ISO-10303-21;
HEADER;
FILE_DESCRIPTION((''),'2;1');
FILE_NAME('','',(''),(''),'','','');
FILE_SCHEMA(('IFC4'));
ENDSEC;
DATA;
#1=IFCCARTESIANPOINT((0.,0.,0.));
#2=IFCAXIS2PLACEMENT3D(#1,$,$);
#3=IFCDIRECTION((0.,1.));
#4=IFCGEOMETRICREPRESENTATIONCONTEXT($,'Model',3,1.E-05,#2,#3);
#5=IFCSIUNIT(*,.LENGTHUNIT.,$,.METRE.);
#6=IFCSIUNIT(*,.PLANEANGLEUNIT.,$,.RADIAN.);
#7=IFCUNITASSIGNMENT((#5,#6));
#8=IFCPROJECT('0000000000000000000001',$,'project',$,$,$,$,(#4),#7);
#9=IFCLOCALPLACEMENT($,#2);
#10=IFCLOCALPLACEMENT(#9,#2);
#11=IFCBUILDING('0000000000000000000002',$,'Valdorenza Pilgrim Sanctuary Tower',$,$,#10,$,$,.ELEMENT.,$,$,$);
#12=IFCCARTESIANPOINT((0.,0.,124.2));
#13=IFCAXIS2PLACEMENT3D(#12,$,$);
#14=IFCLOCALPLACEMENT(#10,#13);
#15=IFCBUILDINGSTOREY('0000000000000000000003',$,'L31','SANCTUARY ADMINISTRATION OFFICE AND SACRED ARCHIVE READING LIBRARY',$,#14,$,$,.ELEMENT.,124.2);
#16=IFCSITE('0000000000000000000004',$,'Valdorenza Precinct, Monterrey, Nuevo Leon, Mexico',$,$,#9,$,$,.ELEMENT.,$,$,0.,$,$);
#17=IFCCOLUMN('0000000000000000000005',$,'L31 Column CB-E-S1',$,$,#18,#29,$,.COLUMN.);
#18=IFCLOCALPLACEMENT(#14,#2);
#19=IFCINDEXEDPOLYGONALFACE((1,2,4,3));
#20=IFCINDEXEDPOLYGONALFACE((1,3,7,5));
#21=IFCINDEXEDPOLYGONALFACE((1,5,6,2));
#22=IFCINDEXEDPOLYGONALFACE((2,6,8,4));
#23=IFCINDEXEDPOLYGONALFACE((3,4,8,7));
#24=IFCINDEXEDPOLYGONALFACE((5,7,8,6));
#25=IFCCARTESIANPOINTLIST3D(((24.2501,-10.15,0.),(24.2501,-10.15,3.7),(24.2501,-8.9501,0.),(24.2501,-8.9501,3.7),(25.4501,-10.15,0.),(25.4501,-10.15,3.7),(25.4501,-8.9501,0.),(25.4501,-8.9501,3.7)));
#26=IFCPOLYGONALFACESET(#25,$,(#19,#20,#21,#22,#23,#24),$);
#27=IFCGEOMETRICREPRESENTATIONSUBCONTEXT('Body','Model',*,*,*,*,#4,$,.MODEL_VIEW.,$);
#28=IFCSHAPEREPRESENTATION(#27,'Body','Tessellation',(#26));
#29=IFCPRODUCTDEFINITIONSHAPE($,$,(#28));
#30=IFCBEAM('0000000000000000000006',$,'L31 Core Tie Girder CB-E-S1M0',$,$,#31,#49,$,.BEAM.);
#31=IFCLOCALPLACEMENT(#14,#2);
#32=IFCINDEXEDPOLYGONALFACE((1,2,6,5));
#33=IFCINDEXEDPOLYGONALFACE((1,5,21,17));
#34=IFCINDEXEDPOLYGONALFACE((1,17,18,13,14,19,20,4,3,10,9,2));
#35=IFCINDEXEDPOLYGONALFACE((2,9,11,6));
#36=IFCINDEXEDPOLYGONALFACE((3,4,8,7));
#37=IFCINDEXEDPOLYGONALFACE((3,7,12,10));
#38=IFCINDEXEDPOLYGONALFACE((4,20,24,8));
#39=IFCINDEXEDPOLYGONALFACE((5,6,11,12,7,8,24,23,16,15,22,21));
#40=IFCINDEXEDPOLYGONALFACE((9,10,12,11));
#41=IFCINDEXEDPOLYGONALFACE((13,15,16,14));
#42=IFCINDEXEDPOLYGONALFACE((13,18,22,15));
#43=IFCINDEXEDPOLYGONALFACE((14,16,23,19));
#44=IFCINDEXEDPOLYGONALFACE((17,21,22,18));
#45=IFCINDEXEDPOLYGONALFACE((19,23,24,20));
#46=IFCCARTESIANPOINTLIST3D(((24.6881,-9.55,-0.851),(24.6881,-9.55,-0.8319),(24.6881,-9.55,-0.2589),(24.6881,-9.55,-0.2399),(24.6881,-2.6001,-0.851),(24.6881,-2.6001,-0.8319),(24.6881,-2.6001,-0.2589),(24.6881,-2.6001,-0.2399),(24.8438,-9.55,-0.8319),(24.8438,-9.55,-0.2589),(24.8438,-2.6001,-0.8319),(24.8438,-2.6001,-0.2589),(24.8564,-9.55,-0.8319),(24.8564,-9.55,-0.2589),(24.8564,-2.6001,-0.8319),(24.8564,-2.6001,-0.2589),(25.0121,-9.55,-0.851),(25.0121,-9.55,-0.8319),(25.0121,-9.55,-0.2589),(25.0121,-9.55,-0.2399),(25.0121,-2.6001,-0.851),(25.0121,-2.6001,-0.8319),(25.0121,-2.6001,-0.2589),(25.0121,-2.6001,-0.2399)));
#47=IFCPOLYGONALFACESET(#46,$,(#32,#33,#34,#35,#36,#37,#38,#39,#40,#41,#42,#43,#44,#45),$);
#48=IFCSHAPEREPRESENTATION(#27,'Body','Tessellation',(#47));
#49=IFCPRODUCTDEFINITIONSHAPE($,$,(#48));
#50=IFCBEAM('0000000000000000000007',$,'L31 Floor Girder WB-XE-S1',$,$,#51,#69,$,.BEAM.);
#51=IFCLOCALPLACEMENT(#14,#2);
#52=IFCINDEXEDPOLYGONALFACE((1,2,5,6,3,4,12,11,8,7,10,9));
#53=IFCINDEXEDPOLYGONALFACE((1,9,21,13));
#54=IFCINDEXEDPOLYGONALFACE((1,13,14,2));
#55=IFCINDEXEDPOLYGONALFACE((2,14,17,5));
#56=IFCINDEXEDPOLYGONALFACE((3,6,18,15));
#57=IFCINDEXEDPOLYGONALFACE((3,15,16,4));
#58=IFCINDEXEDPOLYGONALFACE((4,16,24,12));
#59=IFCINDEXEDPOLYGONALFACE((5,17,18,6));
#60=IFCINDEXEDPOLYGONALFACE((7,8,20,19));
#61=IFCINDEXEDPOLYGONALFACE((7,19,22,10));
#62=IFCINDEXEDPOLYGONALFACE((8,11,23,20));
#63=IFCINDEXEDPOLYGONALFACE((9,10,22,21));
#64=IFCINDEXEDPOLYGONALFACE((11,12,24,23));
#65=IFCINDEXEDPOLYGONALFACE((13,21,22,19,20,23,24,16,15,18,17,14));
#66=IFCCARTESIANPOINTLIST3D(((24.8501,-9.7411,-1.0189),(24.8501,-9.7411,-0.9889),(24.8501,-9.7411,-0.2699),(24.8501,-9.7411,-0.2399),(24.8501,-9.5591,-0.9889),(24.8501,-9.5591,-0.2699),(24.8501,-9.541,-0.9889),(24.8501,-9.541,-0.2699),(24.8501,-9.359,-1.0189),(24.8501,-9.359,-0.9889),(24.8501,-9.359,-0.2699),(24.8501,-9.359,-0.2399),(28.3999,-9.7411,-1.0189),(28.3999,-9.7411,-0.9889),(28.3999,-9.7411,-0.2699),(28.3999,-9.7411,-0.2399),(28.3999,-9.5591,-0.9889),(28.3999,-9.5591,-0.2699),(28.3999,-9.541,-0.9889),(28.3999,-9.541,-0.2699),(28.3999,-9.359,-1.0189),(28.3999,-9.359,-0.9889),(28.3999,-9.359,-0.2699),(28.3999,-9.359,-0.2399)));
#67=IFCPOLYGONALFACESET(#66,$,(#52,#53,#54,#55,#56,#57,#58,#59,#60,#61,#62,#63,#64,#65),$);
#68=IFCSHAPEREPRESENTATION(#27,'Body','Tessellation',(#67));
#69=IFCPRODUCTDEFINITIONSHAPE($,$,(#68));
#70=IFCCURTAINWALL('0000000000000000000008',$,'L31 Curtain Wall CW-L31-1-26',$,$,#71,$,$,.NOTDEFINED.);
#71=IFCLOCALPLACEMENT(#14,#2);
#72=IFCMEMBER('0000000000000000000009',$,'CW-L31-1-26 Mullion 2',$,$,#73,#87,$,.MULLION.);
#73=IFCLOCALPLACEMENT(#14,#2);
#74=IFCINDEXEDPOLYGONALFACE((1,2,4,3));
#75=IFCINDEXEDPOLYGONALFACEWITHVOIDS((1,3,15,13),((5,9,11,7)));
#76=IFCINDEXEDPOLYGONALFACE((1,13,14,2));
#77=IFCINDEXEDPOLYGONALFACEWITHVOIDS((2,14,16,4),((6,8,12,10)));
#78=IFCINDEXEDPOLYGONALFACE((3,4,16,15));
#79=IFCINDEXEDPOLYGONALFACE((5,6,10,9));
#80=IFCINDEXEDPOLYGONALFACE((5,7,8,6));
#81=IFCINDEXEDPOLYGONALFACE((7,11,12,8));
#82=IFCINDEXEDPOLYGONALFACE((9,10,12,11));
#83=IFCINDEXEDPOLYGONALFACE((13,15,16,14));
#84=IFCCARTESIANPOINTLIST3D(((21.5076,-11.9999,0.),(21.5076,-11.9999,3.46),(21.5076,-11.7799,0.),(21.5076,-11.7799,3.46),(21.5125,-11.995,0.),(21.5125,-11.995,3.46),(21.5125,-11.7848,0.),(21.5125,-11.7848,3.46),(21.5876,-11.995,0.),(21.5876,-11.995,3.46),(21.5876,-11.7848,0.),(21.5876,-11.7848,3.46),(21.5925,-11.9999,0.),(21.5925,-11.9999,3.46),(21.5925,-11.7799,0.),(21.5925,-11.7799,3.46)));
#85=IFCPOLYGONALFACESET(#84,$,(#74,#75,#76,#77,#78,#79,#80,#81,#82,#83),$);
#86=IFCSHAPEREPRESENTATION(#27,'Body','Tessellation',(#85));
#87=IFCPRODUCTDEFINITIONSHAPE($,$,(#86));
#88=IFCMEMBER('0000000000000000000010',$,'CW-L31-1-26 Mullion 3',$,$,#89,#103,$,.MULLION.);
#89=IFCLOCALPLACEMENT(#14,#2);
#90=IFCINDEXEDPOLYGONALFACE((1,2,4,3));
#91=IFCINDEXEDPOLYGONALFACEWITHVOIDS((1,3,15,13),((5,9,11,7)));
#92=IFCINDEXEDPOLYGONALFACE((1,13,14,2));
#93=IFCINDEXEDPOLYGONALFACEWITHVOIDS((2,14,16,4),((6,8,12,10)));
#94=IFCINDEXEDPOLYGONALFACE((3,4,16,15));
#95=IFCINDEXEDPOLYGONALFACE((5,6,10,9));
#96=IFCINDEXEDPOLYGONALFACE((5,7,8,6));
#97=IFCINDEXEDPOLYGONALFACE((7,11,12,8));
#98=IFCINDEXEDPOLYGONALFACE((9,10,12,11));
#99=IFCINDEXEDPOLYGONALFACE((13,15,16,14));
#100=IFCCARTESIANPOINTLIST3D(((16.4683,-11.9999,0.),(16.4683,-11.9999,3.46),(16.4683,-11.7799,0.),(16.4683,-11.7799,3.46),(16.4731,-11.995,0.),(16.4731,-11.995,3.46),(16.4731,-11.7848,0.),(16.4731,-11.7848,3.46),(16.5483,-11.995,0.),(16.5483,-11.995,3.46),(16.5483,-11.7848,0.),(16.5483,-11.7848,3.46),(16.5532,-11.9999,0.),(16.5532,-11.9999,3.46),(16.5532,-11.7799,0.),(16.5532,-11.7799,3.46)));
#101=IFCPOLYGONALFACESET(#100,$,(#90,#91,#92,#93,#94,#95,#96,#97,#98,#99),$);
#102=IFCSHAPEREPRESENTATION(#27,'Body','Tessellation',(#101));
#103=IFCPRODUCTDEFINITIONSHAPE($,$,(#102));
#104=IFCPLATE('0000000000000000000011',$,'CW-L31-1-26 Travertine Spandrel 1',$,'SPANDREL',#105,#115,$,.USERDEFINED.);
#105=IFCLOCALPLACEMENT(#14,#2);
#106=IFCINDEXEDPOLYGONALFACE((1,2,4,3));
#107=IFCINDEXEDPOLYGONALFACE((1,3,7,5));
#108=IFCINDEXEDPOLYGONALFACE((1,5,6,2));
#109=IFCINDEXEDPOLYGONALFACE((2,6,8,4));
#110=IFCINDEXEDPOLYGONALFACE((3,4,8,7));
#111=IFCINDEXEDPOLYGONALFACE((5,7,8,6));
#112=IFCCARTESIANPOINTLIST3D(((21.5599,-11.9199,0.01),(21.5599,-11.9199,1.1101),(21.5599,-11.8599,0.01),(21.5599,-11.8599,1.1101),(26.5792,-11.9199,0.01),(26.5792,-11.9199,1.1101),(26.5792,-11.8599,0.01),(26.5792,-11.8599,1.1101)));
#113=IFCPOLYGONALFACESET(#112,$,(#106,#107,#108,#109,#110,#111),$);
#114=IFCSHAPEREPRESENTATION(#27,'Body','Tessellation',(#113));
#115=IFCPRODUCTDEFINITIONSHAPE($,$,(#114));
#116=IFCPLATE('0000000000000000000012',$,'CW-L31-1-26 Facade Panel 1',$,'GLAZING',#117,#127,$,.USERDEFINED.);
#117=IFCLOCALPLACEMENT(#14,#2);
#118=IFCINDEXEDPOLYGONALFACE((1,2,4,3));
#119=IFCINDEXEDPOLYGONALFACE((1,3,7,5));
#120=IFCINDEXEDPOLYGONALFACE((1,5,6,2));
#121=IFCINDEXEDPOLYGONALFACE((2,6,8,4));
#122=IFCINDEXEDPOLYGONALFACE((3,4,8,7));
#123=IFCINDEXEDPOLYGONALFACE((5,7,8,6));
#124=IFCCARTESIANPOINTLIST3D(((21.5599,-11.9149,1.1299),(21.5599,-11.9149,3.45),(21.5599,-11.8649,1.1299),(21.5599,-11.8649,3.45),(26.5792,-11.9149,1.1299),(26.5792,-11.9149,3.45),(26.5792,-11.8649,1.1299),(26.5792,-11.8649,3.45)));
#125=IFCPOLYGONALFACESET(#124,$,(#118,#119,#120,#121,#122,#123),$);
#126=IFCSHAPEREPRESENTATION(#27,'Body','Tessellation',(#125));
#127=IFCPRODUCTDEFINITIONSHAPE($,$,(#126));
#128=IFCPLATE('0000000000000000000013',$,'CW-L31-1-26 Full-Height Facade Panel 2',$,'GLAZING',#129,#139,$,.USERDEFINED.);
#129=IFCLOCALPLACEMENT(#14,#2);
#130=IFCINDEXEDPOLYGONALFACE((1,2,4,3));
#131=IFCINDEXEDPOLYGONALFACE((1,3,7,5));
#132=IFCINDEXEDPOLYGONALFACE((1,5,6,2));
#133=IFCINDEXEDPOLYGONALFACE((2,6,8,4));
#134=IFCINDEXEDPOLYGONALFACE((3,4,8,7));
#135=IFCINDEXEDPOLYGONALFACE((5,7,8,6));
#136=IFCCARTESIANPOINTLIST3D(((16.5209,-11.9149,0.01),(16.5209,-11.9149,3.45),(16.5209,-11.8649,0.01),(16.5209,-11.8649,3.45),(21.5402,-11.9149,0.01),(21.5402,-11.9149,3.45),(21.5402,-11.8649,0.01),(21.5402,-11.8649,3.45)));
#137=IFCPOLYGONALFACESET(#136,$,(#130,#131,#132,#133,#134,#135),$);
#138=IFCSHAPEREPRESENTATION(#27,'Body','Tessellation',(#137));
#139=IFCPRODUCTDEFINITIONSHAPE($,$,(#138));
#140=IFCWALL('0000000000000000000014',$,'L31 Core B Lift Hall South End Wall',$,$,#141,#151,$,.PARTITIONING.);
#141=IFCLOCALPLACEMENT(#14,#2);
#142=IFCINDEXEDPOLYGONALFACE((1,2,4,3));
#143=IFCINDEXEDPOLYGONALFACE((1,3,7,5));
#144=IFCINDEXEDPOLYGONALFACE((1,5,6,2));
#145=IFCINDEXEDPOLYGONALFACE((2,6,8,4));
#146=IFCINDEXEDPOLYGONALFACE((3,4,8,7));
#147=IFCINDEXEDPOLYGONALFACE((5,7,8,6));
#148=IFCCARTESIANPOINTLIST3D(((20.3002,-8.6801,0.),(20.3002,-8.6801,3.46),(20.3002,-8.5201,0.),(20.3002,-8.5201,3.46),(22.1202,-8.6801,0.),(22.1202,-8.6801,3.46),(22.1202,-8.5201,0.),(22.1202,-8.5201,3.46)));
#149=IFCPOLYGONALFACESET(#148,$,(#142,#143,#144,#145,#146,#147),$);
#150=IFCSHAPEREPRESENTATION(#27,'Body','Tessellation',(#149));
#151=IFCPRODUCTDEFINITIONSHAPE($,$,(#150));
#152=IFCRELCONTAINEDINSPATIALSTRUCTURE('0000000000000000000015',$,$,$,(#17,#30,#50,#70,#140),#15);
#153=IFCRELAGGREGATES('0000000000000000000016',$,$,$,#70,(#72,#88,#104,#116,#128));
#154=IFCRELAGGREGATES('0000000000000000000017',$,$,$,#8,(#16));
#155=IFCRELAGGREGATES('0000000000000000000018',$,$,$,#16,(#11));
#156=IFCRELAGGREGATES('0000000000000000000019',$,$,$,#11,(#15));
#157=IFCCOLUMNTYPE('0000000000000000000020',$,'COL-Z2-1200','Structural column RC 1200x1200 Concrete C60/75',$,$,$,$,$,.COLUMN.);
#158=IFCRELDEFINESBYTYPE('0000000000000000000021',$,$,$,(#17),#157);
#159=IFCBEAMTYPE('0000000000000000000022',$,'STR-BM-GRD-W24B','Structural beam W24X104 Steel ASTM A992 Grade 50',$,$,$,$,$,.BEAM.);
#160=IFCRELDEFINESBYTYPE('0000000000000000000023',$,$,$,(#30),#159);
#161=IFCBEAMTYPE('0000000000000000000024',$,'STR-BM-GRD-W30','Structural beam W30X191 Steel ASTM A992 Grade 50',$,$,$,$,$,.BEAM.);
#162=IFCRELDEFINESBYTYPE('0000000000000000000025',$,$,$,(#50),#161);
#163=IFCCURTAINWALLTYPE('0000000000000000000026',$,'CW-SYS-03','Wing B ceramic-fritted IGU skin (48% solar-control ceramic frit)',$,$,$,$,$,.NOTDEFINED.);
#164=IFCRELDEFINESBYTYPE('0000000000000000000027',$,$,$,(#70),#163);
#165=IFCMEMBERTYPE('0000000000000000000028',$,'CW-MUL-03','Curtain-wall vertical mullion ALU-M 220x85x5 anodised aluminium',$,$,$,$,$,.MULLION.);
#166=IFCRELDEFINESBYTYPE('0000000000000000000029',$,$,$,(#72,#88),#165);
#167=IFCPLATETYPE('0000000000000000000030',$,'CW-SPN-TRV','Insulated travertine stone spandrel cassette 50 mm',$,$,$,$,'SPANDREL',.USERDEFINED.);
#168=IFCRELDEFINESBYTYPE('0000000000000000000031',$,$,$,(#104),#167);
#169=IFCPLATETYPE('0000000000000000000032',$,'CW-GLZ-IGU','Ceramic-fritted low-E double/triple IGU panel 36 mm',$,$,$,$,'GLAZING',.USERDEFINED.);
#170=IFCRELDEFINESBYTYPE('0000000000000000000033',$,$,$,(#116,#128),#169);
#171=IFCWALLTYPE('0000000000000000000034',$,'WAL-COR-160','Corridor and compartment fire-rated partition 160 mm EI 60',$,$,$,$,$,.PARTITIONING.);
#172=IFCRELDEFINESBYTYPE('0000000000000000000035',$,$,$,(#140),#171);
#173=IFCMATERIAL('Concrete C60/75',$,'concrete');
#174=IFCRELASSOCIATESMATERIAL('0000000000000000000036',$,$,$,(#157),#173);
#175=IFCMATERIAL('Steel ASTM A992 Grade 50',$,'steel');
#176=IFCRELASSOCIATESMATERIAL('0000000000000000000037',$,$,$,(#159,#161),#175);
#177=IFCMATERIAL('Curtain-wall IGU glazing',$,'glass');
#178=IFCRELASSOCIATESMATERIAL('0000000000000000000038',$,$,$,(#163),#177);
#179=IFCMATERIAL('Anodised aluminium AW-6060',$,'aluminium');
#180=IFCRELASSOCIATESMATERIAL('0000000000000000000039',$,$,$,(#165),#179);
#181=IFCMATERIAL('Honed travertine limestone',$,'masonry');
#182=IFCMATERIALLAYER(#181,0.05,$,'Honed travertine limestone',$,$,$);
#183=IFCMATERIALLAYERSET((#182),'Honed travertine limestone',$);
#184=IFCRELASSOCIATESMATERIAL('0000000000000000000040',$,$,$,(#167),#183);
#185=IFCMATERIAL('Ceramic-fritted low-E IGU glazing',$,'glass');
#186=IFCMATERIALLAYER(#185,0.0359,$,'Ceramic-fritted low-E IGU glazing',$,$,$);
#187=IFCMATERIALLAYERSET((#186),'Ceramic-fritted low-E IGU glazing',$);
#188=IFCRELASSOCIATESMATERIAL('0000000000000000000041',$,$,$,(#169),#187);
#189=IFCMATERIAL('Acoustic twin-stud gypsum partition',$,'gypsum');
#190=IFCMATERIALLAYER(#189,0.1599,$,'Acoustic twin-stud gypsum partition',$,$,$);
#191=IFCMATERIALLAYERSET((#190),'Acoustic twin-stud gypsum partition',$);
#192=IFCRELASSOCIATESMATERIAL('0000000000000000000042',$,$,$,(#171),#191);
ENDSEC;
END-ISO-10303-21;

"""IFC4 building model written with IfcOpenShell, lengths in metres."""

from ifc_helpers import new_model, si_unit, direction, frame, frame_2d, origin, origin_2d, place, context, subcontext, project, spatial, rectangle, hollow_rectangle, i_section, extrude, source, transform, mapped, material, layer, layer_set, material_profile, profile_set, type_object, element, aggregate, save


model = new_model("IFC4")

# Units and contexts
model_context = context("Model", 3, precision=1e-05, world=origin(), true_north=direction((0.0, 1.0)))
body_context = subcontext(model_context, "Body", "Model", "MODEL_VIEW")
ifc_project = project(units=[si_unit("LENGTHUNIT", "METRE"), si_unit("PLANEANGLEUNIT", "RADIAN")], contexts=[model_context])

# Site, building, storey
site_placement = place(None, origin())
site = spatial("IfcSite", under=ifc_project, at=site_placement, Name="Valdorenza Precinct, Monterrey, Nuevo Leon, Mexico", CompositionType="ELEMENT", RefElevation=0.0)
building_placement = place(site_placement, origin())
building = spatial("IfcBuilding", under=site, at=building_placement, Name="Valdorenza Pilgrim Sanctuary Tower", CompositionType="ELEMENT")
storey_placement = place(building_placement, frame((0.0, 0.0, 124.2)))
storey = spatial("IfcBuildingStorey", under=building, at=storey_placement, Name="L31", Description="SANCTUARY ADMINISTRATION OFFICE AND SACRED ARCHIVE READING LIBRARY", CompositionType="ELEMENT", Elevation=124.2)

# Column
ifc_material_1 = material(Name="Concrete C60/75", Category="concrete")
ifc_material_profile_1 = material_profile(ifc_material_1, rectangle(XDim=1.2, YDim=1.2, at=origin_2d()), Name="RC 1200x1200")
ifc_profile_set_1 = profile_set([ifc_material_profile_1], Name="Concrete C60/75")
column_type = type_object("IfcColumnType", Name="COL-Z2-1200", Description="Structural column RC 1200x1200 Concrete C60/75", PredefinedType="COLUMN", material=ifc_profile_set_1)
shared_shape_1 = source(origin(), body_context, "Body", "SweptSolid", [
    extrude(rectangle(XDim=1.2, YDim=1.2, at=origin_2d()), origin(), (0.0, 0.0, 1.0), 3.7),
])
column_placement = place(storey_placement, frame((24.8501, -9.55, 0.0), z_axis=(0.0, 0.0, 1.0), x_axis=(1.0, 0.0, 0.0)))
element("IfcColumn", 1, at=column_placement, inside=storey, type_object=column_type, Name="L31 Column CB-E-S1", PredefinedType="COLUMN", context=body_context, shape_type="MappedRepresentation", body=[
    mapped(shared_shape_1, transform((0.0, 0.0, 0.0), x_axis=(1.0, 0.0, 0.0), y_axis=(0.0, 1.0, 0.0), z_axis=(0.0, 0.0, 1.0), scale=1.0)),
])

# Beams
ifc_material_2 = material(Name="Steel ASTM A992 Grade 50", Category="steel")
ifc_material_profile_2 = material_profile(ifc_material_2, i_section(OverallWidth=0.324, OverallDepth=0.6111, WebThickness=0.0127, FlangeThickness=0.019, at=origin_2d()), Name="W24X104")
ifc_profile_set_2 = profile_set([ifc_material_profile_2], Name="Steel ASTM A992 Grade 50")
beam_type_1 = type_object("IfcBeamType", Name="STR-BM-GRD-W24B", Description="Structural beam W24X104 Steel ASTM A992 Grade 50", PredefinedType="BEAM", material=ifc_profile_set_2)
shared_shape_2 = source(origin(), body_context, "Body", "SweptSolid", [
    extrude(i_section(OverallWidth=0.324, OverallDepth=0.6111, WebThickness=0.0127, FlangeThickness=0.019, at=origin_2d()), origin(), (0.0, 0.0, 1.0), 6.95),
])
beam_1_placement = place(storey_placement, frame((24.8501, -9.55, -0.5454), z_axis=(0.0, 1.0, 0.0), x_axis=(-1.0, 0.0, 0.0)))
element("IfcBeam", 2, at=beam_1_placement, inside=storey, type_object=beam_type_1, Name="L31 Core Tie Girder CB-E-S1M0", PredefinedType="BEAM", context=body_context, shape_type="MappedRepresentation", body=[
    mapped(shared_shape_2, transform((0.0, 0.0, 0.0), x_axis=(1.0, 0.0, 0.0), y_axis=(0.0, 1.0, 0.0), z_axis=(0.0, 0.0, 1.0), scale=1.0)),
])
ifc_material_profile_3 = material_profile(ifc_material_2, i_section(OverallWidth=0.3821, OverallDepth=0.7791, WebThickness=0.0181, FlangeThickness=0.03, at=origin_2d()), Name="W30X191")
ifc_profile_set_3 = profile_set([ifc_material_profile_3], Name="Steel ASTM A992 Grade 50")
beam_type_2 = type_object("IfcBeamType", Name="STR-BM-GRD-W30", Description="Structural beam W30X191 Steel ASTM A992 Grade 50", PredefinedType="BEAM", material=ifc_profile_set_3)
shared_shape_3 = source(origin(), body_context, "Body", "SweptSolid", [
    extrude(i_section(OverallWidth=0.3821, OverallDepth=0.7791, WebThickness=0.0181, FlangeThickness=0.03, at=origin_2d()), origin(), (0.0, 0.0, 1.0), 3.5498),
])
beam_2_placement = place(storey_placement, frame((24.8501, -9.55, -0.6294), z_axis=(1.0, 0.0, 0.0), x_axis=(0.0, 1.0, 0.0)))
element("IfcBeam", 3, at=beam_2_placement, inside=storey, type_object=beam_type_2, Name="L31 Floor Girder WB-XE-S1", PredefinedType="BEAM", context=body_context, shape_type="MappedRepresentation", body=[
    mapped(shared_shape_3, transform((0.0, 0.0, 0.0), x_axis=(1.0, 0.0, 0.0), y_axis=(0.0, 1.0, 0.0), z_axis=(0.0, 0.0, 1.0), scale=1.0)),
])

# Curtain wall, members, plates
ifc_material_3 = material(Name="Curtain-wall IGU glazing", Category="glass")
curtain_wall_type = type_object("IfcCurtainWallType", Name="CW-SYS-03", Description="Wing B ceramic-fritted IGU skin (48% solar-control ceramic frit)", PredefinedType="NOTDEFINED", material=ifc_material_3)
curtain_wall_placement = place(storey_placement, origin())
curtain_wall = element("IfcCurtainWall", 4, at=curtain_wall_placement, inside=storey, type_object=curtain_wall_type, Name="L31 Curtain Wall CW-L31-1-26", PredefinedType="NOTDEFINED")
ifc_material_4 = material(Name="Anodised aluminium AW-6060", Category="aluminium")
ifc_material_profile_4 = material_profile(ifc_material_4, hollow_rectangle(XDim=0.085, YDim=0.22, WallThickness=0.0049, at=origin_2d()), Name="ALU-M 220x85x5")
ifc_profile_set_4 = profile_set([ifc_material_profile_4], Name="Anodised aluminium AW-6060")
member_type = type_object("IfcMemberType", Name="CW-MUL-03", Description="Curtain-wall vertical mullion ALU-M 220x85x5 anodised aluminium", PredefinedType="MULLION", material=ifc_profile_set_4)
shared_shape_4 = source(origin(), body_context, "Body", "SweptSolid", [
    extrude(hollow_rectangle(XDim=0.085, YDim=0.22, WallThickness=0.0049, at=origin_2d()), origin(), (0.0, 0.0, 1.0), 3.46),
])
member_1_placement = place(storey_placement, frame((21.55, -11.8899, 0.0), z_axis=(0.0, 0.0, 1.0), x_axis=(-1.0, 0.0, 0.0)))
member_1 = element("IfcMember", 5, at=member_1_placement, type_object=member_type, Name="CW-L31-1-26 Mullion 2", PredefinedType="MULLION", context=body_context, shape_type="MappedRepresentation", body=[
    mapped(shared_shape_4, transform((0.0, 0.0, 0.0), x_axis=(1.0, 0.0, 0.0), y_axis=(0.0, 1.0, 0.0), z_axis=(0.0, 0.0, 1.0), scale=1.0)),
])
member_2_placement = place(storey_placement, frame((16.5107, -11.8899, 0.0), z_axis=(0.0, 0.0, 1.0), x_axis=(-1.0, 0.0, 0.0)))
member_2 = element("IfcMember", 6, at=member_2_placement, type_object=member_type, Name="CW-L31-1-26 Mullion 3", PredefinedType="MULLION", context=body_context, shape_type="MappedRepresentation", body=[
    mapped(shared_shape_4, transform((0.0, 0.0, 0.0), x_axis=(1.0, 0.0, 0.0), y_axis=(0.0, 1.0, 0.0), z_axis=(0.0, 0.0, 1.0), scale=1.0)),
])
ifc_material_5 = material(Name="Honed travertine limestone", Category="masonry")
ifc_layer_1 = layer(ifc_material_5, 0.05, Name="Honed travertine limestone")
ifc_layer_set_1 = layer_set([ifc_layer_1], Name="Honed travertine limestone")
plate_type_1 = type_object("IfcPlateType", Name="CW-SPN-TRV", Description="Insulated travertine stone spandrel cassette 50 mm", ElementType="SPANDREL", PredefinedType="USERDEFINED", material=ifc_layer_set_1)
shared_shape_5 = source(origin(), body_context, "Body", "SweptSolid", [
    extrude(rectangle(XDim=5.0193, YDim=0.0601, at=origin_2d()), origin(), (0.0, 0.0, 1.0), 1.1001),
])
plate_1_placement = place(storey_placement, frame((24.0696, -11.8899, 0.01), z_axis=(0.0, 0.0, 1.0), x_axis=(-1.0, 0.0, 0.0)))
plate_1 = element("IfcPlate", 7, at=plate_1_placement, type_object=plate_type_1, Name="CW-L31-1-26 Travertine Spandrel 1", ObjectType="SPANDREL", PredefinedType="USERDEFINED", context=body_context, shape_type="MappedRepresentation", body=[
    mapped(shared_shape_5, transform((0.0, 0.0, 0.0), x_axis=(1.0, 0.0, 0.0), y_axis=(0.0, 1.0, 0.0), z_axis=(0.0, 0.0, 1.0), scale=1.0)),
])
ifc_material_6 = material(Name="Ceramic-fritted low-E IGU glazing", Category="glass")
ifc_layer_2 = layer(ifc_material_6, 0.0359, Name="Ceramic-fritted low-E IGU glazing")
ifc_layer_set_2 = layer_set([ifc_layer_2], Name="Ceramic-fritted low-E IGU glazing")
plate_type_2 = type_object("IfcPlateType", Name="CW-GLZ-IGU", Description="Ceramic-fritted low-E double/triple IGU panel 36 mm", ElementType="GLAZING", PredefinedType="USERDEFINED", material=ifc_layer_set_2)
shared_shape_6 = source(origin(), body_context, "Body", "SweptSolid", [
    extrude(rectangle(XDim=5.0193, YDim=0.05, at=origin_2d()), origin(), (0.0, 0.0, 1.0), 2.3201),
])
plate_2_placement = place(storey_placement, frame((24.0696, -11.8899, 1.1299), z_axis=(0.0, 0.0, 1.0), x_axis=(-1.0, 0.0, 0.0)))
plate_2 = element("IfcPlate", 8, at=plate_2_placement, type_object=plate_type_2, Name="CW-L31-1-26 Facade Panel 1", ObjectType="GLAZING", PredefinedType="USERDEFINED", context=body_context, shape_type="MappedRepresentation", body=[
    mapped(shared_shape_6, transform((0.0, 0.0, 0.0), x_axis=(1.0, 0.0, 0.0), y_axis=(0.0, 1.0, 0.0), z_axis=(0.0, 0.0, 1.0), scale=1.0)),
])
shared_shape_7 = source(origin(), body_context, "Body", "SweptSolid", [
    extrude(rectangle(XDim=5.0193, YDim=0.05, at=origin_2d()), origin(), (0.0, 0.0, 1.0), 3.4399),
])
plate_3_placement = place(storey_placement, frame((19.0305, -11.8899, 0.01), z_axis=(0.0, 0.0, 1.0), x_axis=(-1.0, 0.0, 0.0)))
plate_3 = element("IfcPlate", 9, at=plate_3_placement, type_object=plate_type_2, Name="CW-L31-1-26 Full-Height Facade Panel 2", ObjectType="GLAZING", PredefinedType="USERDEFINED", context=body_context, shape_type="MappedRepresentation", body=[
    mapped(shared_shape_7, transform((0.0, 0.0, 0.0), x_axis=(1.0, 0.0, 0.0), y_axis=(0.0, 1.0, 0.0), z_axis=(0.0, 0.0, 1.0), scale=1.0)),
])
aggregate(curtain_wall, [member_1, member_2, plate_1, plate_2, plate_3])

# Wall
ifc_material_7 = material(Name="Acoustic twin-stud gypsum partition", Category="gypsum")
ifc_layer_3 = layer(ifc_material_7, 0.1599, Name="Acoustic twin-stud gypsum partition")
ifc_layer_set_3 = layer_set([ifc_layer_3], Name="Acoustic twin-stud gypsum partition")
wall_type_1 = type_object("IfcWallType", Name="WAL-COR-160", Description="Corridor and compartment fire-rated partition 160 mm EI 60", PredefinedType="PARTITIONING", material=ifc_layer_set_3)
wall_1_placement = place(storey_placement, frame((20.3, -8.6001, 0.0), z_axis=(0.0, 0.0, 1.0), x_axis=(1.0, 0.0, 0.0)))
element("IfcWall", 10, at=wall_1_placement, inside=storey, type_object=wall_type_1, Name="L31 Core B Lift Hall South End Wall", PredefinedType="PARTITIONING", context=body_context, shape_type="SweptSolid", body=[
    extrude(rectangle(XDim=1.8201, YDim=0.1599, at=frame_2d((0.9102, 0.0))), origin(), (0.0, 0.0, 1.0), 3.46),
])

save(model, "model.ifc")
